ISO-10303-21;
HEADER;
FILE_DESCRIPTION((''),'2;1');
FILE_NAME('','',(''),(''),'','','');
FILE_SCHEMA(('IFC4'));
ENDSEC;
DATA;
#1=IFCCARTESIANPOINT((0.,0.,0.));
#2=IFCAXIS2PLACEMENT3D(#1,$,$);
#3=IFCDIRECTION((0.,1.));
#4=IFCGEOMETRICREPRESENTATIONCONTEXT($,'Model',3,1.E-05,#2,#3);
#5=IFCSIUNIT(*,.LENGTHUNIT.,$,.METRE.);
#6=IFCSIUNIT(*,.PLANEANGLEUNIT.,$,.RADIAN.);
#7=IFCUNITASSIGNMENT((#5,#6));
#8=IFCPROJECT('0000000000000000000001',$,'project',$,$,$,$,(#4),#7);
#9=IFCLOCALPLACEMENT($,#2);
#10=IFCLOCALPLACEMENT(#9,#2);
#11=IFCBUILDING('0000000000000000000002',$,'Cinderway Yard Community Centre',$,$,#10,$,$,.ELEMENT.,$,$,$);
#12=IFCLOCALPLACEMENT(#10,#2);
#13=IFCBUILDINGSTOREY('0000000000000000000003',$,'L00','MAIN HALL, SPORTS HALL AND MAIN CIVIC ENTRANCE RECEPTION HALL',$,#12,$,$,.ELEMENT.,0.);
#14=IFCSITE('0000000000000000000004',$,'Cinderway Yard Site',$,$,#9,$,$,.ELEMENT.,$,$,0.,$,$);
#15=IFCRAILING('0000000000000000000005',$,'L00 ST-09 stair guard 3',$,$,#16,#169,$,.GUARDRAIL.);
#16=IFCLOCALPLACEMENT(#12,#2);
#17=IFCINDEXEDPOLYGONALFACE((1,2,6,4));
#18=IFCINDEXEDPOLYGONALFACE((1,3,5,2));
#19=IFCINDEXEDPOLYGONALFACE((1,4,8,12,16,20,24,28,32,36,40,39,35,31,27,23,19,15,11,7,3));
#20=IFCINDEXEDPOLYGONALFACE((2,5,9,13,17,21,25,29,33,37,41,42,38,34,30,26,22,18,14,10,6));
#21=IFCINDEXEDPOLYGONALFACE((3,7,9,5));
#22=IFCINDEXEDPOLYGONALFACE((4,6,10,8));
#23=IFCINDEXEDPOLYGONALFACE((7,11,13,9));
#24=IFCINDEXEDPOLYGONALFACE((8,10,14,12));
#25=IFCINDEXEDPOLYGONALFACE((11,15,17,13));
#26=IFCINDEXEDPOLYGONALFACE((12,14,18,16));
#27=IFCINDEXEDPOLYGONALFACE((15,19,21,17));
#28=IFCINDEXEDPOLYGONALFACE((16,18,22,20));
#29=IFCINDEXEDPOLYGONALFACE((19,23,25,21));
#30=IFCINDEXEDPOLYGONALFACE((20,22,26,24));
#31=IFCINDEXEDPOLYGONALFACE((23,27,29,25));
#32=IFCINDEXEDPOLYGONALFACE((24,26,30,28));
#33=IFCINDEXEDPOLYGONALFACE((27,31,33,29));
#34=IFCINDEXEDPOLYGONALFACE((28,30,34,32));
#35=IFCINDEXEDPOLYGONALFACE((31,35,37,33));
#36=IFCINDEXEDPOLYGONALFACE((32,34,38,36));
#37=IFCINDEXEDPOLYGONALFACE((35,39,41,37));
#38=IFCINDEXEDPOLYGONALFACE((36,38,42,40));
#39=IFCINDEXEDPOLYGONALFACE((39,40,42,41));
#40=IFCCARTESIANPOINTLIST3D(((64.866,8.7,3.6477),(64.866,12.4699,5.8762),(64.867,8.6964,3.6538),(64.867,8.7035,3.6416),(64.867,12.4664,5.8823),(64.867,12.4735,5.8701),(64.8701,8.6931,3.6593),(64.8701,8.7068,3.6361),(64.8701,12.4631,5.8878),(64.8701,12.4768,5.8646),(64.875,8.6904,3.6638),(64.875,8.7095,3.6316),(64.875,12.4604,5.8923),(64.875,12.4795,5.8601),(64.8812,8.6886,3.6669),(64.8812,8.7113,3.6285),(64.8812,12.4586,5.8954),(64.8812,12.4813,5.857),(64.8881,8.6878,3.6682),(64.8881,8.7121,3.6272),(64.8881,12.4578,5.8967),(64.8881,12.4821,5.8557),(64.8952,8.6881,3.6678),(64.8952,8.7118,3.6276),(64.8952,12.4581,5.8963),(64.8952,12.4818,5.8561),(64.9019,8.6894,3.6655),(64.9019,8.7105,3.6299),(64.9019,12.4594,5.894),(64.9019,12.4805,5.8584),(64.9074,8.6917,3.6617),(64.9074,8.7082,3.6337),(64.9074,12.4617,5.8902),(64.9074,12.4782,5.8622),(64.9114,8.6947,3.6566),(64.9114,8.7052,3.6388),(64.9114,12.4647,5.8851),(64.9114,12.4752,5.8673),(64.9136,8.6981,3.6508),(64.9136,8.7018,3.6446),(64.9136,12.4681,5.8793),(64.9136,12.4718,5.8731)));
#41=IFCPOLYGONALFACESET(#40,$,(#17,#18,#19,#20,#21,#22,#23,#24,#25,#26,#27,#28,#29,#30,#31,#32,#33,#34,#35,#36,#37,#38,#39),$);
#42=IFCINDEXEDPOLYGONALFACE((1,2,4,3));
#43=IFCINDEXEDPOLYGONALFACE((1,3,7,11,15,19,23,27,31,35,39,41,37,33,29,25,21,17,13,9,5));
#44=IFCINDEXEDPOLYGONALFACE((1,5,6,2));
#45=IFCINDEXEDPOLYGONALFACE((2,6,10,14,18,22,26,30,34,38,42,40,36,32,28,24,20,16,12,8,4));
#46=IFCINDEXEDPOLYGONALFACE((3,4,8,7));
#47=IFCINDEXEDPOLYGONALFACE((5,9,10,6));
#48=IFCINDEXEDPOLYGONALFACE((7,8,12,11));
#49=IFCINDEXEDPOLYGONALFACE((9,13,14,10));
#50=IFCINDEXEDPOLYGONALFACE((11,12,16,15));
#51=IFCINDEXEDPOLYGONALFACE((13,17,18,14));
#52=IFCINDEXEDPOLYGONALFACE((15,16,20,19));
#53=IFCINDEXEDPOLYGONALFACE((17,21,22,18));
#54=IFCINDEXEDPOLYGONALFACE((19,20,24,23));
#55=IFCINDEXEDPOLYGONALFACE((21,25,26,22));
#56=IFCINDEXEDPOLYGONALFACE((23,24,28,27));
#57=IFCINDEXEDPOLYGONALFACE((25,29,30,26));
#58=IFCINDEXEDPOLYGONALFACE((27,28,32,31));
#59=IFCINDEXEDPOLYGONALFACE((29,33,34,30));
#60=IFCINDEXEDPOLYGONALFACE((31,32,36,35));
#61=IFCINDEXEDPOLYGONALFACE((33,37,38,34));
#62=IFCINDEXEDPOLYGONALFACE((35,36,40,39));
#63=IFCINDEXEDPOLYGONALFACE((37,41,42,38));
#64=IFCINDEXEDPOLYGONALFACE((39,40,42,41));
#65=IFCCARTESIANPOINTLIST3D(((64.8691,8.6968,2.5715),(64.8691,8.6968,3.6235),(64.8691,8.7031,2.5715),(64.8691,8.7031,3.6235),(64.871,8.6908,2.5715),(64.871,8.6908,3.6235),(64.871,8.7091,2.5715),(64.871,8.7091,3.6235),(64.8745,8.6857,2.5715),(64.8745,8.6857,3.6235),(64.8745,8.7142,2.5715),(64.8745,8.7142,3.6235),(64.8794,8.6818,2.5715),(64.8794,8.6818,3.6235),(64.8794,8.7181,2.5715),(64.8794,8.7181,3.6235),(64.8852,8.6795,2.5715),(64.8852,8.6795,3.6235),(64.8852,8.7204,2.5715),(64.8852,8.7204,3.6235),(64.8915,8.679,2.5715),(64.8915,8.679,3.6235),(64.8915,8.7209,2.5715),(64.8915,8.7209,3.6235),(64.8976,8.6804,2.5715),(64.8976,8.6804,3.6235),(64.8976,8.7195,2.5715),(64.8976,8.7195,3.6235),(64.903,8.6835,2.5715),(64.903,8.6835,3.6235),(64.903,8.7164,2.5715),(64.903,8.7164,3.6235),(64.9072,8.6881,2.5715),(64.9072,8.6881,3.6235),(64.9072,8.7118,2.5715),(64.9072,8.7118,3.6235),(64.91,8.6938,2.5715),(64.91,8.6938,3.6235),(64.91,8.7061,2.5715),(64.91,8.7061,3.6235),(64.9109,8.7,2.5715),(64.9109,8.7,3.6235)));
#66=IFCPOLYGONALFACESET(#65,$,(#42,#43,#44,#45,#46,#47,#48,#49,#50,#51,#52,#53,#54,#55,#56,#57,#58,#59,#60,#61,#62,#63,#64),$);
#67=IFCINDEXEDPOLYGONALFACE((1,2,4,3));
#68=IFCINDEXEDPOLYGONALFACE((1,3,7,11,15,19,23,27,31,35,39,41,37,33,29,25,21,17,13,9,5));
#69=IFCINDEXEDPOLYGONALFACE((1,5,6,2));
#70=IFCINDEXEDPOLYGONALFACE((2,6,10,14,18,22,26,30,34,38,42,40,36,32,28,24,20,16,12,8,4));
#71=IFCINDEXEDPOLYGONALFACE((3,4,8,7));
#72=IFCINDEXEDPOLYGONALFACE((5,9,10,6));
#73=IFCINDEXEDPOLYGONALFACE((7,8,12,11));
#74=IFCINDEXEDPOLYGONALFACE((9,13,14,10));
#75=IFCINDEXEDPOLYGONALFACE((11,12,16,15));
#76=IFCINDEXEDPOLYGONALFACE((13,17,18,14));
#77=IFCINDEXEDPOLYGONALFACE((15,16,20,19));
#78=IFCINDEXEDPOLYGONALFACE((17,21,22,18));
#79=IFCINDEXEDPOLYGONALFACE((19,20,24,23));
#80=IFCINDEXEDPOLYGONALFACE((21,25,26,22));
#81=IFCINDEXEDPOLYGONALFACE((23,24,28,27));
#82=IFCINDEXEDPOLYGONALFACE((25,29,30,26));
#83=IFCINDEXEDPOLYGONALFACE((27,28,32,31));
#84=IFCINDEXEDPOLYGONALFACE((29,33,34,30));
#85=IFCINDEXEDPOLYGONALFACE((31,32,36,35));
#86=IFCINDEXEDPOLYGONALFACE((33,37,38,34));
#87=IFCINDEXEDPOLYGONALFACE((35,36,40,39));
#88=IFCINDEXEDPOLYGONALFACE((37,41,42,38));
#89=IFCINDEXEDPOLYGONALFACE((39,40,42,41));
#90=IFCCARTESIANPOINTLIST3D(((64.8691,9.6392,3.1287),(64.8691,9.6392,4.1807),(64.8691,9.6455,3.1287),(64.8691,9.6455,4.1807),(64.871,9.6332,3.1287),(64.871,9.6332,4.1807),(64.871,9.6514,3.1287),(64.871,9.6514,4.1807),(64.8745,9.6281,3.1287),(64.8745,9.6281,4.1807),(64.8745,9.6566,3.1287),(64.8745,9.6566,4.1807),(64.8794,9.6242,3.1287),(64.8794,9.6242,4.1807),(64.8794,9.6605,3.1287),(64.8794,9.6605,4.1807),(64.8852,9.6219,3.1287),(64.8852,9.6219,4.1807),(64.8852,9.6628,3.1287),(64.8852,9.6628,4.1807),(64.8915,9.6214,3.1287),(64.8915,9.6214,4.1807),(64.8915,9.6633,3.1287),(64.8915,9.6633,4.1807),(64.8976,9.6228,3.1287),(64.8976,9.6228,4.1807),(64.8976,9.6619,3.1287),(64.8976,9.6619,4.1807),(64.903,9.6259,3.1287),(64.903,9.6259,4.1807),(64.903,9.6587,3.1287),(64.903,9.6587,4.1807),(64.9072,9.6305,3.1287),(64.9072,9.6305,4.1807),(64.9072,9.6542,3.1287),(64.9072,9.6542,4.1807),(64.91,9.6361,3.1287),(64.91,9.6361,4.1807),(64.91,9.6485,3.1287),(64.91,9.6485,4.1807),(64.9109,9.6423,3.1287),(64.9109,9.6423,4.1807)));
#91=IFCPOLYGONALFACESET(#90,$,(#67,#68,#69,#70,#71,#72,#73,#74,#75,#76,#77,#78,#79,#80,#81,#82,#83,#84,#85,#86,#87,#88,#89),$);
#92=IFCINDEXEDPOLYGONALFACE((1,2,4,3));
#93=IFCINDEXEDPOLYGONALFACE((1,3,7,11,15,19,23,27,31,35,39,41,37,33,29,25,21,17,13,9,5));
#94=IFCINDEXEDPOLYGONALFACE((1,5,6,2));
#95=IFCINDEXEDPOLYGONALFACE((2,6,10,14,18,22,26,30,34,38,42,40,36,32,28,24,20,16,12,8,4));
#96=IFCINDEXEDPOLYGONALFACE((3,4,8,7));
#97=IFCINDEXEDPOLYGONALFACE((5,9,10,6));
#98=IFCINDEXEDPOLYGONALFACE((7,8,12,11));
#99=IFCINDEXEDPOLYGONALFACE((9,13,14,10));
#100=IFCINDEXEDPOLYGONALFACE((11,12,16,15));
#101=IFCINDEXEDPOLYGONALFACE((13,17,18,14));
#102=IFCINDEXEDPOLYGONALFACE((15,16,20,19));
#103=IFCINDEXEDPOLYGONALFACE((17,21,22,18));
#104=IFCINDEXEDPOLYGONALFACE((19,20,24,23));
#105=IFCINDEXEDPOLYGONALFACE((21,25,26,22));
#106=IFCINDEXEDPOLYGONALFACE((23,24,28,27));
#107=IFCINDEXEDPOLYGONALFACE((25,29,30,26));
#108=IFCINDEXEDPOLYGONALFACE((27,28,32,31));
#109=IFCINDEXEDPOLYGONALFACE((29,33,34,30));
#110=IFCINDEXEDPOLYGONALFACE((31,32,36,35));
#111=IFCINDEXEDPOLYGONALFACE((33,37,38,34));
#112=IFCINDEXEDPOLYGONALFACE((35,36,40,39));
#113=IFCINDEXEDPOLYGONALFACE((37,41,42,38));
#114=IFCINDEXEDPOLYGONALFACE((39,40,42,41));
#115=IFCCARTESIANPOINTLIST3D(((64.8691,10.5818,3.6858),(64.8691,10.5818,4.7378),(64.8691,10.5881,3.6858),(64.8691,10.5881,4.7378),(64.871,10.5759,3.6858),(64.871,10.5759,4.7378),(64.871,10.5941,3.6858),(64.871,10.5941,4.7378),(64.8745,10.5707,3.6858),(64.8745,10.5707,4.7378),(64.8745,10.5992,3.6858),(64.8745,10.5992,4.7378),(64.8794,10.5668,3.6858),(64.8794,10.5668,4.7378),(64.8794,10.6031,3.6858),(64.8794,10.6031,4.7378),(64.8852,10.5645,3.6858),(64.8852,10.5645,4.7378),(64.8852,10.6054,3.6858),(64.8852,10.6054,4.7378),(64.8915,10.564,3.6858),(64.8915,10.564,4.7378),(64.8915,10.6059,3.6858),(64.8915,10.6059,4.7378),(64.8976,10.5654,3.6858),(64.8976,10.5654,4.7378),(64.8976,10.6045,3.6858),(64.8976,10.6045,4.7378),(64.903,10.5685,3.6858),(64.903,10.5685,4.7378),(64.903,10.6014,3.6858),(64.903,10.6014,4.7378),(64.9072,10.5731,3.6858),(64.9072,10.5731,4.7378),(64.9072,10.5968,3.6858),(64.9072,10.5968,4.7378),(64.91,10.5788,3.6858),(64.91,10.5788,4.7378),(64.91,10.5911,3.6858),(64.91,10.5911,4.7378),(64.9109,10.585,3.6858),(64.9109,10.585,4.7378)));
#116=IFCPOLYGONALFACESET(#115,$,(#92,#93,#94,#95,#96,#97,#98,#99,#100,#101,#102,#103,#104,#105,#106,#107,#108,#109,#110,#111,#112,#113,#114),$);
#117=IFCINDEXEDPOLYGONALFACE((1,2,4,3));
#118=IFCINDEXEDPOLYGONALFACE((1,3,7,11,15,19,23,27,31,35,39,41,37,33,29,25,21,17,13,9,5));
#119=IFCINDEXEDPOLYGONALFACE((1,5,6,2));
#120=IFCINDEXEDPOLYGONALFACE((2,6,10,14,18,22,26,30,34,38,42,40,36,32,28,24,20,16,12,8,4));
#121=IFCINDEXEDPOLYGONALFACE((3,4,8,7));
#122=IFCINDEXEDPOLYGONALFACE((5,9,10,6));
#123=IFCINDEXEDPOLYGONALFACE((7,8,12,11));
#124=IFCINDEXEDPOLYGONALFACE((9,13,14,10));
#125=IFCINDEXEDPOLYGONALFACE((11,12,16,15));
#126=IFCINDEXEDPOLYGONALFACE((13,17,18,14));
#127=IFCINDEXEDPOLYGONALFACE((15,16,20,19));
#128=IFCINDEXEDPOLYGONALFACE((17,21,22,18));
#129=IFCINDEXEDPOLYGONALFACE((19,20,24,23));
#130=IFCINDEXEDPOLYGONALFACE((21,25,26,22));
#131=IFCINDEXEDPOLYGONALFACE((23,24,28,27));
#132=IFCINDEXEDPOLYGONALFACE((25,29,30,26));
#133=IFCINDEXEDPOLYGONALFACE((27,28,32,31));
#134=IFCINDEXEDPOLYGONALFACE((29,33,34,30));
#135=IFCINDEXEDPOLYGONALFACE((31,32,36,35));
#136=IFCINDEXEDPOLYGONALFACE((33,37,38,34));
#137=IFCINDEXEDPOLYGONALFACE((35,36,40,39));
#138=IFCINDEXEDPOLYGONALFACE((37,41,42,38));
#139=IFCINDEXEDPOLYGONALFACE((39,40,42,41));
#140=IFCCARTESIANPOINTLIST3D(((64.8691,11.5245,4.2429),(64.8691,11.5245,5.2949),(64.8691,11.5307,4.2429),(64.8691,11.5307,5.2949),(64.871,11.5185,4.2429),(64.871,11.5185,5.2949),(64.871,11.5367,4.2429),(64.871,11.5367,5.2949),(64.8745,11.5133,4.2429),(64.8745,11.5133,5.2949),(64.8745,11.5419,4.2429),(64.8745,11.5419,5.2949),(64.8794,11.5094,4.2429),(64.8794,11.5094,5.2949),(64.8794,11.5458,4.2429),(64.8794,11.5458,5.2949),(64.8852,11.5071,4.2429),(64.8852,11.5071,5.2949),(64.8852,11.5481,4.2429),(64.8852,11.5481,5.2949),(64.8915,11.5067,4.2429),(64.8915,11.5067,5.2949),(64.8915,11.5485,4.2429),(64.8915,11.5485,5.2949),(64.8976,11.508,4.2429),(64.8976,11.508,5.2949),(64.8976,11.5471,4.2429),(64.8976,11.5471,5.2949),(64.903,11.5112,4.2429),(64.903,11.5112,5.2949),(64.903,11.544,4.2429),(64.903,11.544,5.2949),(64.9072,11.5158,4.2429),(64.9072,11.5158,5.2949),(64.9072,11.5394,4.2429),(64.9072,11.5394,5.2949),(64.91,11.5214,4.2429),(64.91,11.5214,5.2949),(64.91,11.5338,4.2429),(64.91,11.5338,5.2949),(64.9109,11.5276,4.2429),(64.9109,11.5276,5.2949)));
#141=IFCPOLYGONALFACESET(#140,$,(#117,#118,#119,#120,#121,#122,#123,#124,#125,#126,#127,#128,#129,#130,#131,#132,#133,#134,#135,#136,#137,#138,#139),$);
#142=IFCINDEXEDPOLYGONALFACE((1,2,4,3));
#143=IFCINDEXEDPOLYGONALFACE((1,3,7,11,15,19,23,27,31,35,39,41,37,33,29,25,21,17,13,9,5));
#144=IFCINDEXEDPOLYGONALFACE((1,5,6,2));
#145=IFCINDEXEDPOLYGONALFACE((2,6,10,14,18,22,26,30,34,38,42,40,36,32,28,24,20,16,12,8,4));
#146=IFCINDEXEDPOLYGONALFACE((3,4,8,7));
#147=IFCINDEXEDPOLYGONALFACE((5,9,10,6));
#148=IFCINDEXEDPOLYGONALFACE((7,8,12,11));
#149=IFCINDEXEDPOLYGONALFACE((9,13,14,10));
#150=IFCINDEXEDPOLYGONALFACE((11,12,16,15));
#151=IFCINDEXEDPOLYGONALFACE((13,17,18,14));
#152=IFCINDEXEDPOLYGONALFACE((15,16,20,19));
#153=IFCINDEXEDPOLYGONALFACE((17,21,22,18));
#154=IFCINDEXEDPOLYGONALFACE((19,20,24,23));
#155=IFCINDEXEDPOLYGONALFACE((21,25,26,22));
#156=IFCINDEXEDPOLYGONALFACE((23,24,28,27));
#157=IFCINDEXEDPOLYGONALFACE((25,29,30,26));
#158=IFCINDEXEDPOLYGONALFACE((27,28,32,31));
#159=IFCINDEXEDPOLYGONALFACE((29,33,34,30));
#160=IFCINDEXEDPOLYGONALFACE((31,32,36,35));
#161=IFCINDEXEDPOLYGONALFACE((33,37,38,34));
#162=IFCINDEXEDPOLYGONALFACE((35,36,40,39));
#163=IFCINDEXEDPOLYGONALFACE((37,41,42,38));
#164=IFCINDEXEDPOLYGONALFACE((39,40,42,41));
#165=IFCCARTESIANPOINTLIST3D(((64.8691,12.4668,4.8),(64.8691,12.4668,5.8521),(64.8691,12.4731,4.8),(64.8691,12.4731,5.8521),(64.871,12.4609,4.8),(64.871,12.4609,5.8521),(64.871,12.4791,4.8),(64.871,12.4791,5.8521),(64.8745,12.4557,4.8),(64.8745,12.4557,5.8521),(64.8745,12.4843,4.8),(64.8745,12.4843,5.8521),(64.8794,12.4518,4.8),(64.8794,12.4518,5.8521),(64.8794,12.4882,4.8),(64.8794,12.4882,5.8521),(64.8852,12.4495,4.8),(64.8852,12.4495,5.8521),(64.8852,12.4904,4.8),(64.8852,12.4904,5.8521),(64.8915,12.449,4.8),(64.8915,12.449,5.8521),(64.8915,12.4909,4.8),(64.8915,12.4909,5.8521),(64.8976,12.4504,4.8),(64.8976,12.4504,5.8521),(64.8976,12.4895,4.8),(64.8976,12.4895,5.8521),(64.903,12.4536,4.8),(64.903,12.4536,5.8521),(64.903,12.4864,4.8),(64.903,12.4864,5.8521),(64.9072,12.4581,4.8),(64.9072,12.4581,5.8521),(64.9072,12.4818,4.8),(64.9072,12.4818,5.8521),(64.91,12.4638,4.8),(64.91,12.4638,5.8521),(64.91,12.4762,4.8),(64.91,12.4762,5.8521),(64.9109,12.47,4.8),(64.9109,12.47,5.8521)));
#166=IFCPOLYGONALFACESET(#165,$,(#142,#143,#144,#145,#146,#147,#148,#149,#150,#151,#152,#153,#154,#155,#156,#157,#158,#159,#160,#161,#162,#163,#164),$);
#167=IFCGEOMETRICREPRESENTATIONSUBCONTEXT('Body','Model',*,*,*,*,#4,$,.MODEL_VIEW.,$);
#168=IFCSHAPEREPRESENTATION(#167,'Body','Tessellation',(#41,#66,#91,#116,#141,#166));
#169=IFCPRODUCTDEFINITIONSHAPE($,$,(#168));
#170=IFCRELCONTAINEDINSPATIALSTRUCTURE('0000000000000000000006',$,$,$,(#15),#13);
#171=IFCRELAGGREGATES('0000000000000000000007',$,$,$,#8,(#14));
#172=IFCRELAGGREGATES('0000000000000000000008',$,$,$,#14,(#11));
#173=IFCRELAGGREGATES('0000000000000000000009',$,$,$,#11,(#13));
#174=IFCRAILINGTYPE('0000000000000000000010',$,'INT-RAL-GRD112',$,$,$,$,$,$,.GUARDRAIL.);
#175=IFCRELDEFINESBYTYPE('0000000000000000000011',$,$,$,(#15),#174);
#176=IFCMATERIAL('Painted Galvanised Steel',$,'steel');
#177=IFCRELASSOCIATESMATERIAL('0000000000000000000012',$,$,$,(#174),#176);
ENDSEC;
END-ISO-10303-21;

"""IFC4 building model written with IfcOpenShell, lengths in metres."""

from ifc_helpers import new_model, si_unit, direction, frame, origin, origin_2d, place, context, subcontext, project, spatial, circle, extrude, material, type_object, element, save


model = new_model("IFC4")

# Units and contexts
model_context = context("Model", 3, precision=1e-05, world=origin(), true_north=direction((0.0, 1.0)))
body_context = subcontext(model_context, "Body", "Model", "MODEL_VIEW")
ifc_project = project(units=[si_unit("LENGTHUNIT", "METRE"), si_unit("PLANEANGLEUNIT", "RADIAN")], contexts=[model_context])

# Site, building, storey
site_placement = place(None, origin())
site = spatial("IfcSite", under=ifc_project, at=site_placement, Name="Cinderway Yard Site", CompositionType="ELEMENT", RefElevation=0.0)
building_placement = place(site_placement, origin())
building = spatial("IfcBuilding", under=site, at=building_placement, Name="Cinderway Yard Community Centre", CompositionType="ELEMENT")
storey_placement = place(building_placement, origin())
storey = spatial("IfcBuildingStorey", under=building, at=storey_placement, Name="L00", Description="MAIN HALL, SPORTS HALL AND MAIN CIVIC ENTRANCE RECEPTION HALL", CompositionType="ELEMENT", Elevation=0.0)

# Shared definitions
ifc_material_1 = material(Name="Painted Galvanised Steel", Category="steel")

# Railing
railing_type_1 = type_object("IfcRailingType", Name="INT-RAL-GRD112", PredefinedType="GUARDRAIL", material=ifc_material_1)
railing_1_placement = place(storey_placement, frame((64.8899, 8.7, 2.5715)))
element("IfcRailing", 1, at=railing_1_placement, inside=storey, type_object=railing_type_1, Name="L00 ST-09 stair guard 3", PredefinedType="GUARDRAIL", context=body_context, shape_type="SweptSolid", body=[
    extrude(circle(Radius=0.0239, at=origin_2d()), frame((0.0, 0.0, 1.0762), z_axis=(0.0, 0.860849, 0.508861), x_axis=(-1.0, 0.0, 0.0)), (0.0, 0.0, 1.0), 4.3794),
    extrude(circle(Radius=0.021, at=origin_2d()), origin(), (0.0, 0.0, 1.0), 1.052),
    extrude(circle(Radius=0.021, at=origin_2d()), frame((0.0, 0.9424, 0.5571)), (0.0, 0.0, 1.0), 1.052),
    extrude(circle(Radius=0.021, at=origin_2d()), frame((0.0, 1.885, 1.1143)), (0.0, 0.0, 1.0), 1.052),
    extrude(circle(Radius=0.021, at=origin_2d()), frame((0.0, 2.8276, 1.6714)), (0.0, 0.0, 1.0), 1.052),
    extrude(circle(Radius=0.021, at=origin_2d()), frame((0.0, 3.77, 2.2285)), (0.0, 0.0, 1.0), 1.052),
])

save(model, "model.ifc")
